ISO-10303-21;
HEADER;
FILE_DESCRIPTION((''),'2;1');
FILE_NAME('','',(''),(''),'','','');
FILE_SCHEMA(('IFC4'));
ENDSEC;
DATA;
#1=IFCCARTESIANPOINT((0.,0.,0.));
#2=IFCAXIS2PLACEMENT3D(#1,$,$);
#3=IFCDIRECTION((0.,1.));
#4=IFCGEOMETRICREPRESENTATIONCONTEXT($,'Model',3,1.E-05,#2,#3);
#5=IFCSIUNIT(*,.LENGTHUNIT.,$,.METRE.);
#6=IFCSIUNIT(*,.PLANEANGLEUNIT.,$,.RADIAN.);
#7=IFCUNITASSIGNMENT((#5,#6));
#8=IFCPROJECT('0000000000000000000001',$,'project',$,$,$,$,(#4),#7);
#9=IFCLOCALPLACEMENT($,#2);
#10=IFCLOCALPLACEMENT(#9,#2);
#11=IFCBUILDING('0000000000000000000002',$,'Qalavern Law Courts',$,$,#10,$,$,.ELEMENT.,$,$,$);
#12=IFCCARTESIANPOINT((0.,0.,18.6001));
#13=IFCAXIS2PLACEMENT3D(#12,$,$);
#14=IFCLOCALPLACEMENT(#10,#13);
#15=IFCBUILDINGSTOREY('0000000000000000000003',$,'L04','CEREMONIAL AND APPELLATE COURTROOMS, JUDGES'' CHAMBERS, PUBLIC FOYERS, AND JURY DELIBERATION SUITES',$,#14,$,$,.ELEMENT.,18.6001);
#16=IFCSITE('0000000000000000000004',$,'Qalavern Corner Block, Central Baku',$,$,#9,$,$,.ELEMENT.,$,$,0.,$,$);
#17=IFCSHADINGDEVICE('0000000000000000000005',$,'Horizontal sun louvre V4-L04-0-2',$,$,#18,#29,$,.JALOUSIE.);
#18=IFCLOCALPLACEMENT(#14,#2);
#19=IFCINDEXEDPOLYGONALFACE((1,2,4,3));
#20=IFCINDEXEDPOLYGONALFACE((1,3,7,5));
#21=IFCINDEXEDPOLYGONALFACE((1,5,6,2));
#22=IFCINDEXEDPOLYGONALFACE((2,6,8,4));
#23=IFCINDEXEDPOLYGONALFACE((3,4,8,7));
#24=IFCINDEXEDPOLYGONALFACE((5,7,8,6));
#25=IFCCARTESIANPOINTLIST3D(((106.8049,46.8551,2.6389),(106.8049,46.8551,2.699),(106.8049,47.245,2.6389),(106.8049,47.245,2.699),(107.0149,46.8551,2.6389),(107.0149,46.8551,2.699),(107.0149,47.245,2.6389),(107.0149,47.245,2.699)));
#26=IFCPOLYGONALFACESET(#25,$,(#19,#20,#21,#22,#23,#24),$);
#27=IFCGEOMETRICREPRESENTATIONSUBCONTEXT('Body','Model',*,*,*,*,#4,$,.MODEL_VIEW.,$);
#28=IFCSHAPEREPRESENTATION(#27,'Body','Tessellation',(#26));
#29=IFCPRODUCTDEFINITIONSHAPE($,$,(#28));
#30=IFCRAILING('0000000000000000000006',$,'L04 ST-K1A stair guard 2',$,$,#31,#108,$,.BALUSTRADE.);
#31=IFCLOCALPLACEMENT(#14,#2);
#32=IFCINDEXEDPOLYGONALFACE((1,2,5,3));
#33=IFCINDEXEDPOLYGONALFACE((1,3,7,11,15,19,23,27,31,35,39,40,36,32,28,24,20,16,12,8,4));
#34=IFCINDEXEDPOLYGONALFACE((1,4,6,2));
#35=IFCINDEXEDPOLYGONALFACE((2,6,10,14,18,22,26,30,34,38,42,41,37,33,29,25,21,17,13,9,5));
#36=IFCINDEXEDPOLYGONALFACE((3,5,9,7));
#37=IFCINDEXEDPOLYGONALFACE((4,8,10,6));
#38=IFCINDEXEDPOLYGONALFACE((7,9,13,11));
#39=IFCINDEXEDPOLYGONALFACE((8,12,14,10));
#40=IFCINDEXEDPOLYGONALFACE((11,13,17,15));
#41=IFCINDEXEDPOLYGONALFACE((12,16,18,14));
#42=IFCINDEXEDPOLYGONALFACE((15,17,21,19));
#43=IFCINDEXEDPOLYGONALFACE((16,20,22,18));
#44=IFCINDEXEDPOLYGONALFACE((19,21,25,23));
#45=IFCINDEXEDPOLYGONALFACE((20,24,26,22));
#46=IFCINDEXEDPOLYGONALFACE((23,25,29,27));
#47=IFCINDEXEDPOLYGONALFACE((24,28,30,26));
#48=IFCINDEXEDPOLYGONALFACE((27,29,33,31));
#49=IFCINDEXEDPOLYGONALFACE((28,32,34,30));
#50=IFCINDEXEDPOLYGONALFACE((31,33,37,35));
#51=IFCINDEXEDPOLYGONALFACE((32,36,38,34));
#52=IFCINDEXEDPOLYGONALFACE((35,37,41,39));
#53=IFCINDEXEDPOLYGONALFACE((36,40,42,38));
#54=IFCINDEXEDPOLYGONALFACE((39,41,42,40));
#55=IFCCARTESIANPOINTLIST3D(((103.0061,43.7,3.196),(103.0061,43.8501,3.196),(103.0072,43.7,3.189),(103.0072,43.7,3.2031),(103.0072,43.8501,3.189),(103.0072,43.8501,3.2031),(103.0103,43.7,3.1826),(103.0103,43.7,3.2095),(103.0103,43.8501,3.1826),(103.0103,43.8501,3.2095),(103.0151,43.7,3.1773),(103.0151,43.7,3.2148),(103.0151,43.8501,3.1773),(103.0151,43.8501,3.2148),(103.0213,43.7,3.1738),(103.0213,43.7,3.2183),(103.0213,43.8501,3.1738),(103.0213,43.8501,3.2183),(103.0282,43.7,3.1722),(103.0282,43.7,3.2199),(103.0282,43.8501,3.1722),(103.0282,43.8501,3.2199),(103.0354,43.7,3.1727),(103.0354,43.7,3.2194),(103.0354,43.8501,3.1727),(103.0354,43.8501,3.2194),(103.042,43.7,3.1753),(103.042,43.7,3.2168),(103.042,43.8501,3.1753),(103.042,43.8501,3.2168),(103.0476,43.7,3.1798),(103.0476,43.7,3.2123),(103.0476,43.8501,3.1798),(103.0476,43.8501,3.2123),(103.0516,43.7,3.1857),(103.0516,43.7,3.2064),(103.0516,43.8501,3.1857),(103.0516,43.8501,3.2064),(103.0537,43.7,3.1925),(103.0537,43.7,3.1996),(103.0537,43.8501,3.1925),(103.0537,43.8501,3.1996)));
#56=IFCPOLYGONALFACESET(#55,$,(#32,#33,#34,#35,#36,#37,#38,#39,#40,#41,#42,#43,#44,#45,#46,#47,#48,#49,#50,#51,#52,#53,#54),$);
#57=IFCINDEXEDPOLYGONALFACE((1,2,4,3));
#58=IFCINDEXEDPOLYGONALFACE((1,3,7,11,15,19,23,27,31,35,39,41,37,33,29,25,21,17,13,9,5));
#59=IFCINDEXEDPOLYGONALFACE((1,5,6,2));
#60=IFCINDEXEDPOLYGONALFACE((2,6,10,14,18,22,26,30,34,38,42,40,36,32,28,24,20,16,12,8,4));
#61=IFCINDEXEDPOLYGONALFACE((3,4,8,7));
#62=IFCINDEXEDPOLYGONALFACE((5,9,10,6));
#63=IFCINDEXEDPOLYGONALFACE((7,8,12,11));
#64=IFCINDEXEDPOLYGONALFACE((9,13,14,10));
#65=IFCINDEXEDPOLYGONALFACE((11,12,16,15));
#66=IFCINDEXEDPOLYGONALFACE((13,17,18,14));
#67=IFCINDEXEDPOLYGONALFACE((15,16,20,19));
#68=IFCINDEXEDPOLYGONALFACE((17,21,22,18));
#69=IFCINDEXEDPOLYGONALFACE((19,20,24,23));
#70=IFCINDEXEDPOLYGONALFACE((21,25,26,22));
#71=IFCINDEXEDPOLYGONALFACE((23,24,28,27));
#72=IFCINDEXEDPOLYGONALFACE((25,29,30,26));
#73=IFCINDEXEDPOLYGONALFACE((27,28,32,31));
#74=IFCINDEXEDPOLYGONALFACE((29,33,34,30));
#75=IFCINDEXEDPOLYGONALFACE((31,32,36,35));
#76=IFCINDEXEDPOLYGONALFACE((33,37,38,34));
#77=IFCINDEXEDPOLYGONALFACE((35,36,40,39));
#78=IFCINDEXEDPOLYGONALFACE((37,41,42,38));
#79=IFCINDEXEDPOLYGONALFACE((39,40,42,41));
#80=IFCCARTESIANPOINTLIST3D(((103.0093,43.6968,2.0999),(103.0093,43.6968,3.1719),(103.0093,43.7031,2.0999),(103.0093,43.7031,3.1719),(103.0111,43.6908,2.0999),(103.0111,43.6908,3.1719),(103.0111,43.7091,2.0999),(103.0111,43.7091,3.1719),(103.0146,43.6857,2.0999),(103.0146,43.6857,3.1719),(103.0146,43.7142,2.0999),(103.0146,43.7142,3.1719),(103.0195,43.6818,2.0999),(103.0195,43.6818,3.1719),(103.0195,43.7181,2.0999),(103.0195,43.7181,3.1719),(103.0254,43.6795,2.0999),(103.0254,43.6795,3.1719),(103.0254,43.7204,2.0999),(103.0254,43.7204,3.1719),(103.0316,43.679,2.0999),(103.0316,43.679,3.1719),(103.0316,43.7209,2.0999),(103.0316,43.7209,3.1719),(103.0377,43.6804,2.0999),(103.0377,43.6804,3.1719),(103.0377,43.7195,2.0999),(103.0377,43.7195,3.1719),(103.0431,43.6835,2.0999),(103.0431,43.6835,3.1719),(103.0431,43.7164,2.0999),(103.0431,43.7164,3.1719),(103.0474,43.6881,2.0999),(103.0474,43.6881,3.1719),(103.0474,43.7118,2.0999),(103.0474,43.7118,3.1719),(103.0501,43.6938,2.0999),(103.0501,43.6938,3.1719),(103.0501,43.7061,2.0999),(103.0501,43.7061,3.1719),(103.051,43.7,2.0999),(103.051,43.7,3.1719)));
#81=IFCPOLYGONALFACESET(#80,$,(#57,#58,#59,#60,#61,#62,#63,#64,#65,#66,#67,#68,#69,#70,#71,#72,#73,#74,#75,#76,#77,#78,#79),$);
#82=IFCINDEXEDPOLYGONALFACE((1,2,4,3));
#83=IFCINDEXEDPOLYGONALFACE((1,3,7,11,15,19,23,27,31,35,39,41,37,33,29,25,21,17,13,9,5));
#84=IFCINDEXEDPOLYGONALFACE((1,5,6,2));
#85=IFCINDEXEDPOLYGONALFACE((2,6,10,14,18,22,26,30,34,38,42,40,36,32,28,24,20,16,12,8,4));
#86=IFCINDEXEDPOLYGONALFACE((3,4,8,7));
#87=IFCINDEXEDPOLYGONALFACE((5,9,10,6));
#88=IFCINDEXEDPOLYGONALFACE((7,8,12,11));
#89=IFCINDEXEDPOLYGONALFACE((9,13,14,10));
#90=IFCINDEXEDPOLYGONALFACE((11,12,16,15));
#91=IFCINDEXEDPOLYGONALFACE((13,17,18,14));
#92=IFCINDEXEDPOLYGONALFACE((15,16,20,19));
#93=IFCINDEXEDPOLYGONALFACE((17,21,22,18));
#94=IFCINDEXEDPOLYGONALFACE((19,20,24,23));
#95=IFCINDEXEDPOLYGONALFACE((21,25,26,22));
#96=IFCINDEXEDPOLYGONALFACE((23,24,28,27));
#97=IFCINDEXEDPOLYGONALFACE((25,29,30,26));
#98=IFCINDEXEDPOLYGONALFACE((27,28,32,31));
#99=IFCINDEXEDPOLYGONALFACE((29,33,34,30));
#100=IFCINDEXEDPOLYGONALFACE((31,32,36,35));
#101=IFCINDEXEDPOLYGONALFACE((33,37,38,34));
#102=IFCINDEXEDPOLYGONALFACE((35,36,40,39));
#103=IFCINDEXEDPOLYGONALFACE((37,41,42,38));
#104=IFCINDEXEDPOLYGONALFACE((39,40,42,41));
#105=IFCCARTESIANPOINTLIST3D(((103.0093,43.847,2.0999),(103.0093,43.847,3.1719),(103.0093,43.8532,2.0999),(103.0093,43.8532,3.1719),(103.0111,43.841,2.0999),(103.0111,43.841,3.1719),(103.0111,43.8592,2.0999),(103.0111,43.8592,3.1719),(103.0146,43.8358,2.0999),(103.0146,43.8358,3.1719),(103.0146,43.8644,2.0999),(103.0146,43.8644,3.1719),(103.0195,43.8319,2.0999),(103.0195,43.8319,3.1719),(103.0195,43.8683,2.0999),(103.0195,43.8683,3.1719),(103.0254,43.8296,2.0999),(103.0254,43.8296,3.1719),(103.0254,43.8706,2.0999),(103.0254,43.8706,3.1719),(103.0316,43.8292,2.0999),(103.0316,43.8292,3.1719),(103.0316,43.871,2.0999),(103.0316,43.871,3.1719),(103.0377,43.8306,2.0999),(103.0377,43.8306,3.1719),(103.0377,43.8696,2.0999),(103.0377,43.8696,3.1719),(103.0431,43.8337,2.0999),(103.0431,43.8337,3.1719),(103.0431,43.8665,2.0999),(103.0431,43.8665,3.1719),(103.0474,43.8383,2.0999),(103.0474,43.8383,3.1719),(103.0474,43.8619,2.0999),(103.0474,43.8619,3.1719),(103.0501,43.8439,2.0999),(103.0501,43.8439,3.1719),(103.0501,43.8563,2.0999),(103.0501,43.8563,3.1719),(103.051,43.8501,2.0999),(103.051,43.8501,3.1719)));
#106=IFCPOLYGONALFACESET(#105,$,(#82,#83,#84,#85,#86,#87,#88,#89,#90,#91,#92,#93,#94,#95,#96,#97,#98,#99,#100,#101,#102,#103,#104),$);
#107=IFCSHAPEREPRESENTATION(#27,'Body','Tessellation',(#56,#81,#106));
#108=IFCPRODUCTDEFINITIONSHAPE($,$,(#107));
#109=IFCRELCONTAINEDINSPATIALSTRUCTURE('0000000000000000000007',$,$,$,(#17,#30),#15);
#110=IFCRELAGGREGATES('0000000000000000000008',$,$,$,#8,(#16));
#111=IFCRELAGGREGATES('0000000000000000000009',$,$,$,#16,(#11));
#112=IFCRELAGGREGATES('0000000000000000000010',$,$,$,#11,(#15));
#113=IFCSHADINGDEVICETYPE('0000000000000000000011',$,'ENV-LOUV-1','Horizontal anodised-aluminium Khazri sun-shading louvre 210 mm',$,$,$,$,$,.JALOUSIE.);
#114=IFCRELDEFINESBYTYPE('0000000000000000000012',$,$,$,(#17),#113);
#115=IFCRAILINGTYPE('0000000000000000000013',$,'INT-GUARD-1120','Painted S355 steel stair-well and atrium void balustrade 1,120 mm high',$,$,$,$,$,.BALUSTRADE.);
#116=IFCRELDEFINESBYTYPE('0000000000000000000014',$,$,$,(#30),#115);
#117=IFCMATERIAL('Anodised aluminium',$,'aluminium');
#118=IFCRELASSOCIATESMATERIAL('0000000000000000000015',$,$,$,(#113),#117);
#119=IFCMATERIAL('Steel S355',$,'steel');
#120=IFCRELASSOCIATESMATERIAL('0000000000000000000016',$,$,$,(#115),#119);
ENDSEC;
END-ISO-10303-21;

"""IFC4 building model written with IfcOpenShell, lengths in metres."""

from ifc_helpers import new_model, si_unit, direction, frame, origin, origin_2d, place, context, subcontext, project, spatial, rectangle, circle, extrude, material, type_object, element, save


model = new_model("IFC4")

# Units and contexts
model_context = context("Model", 3, precision=1e-05, world=origin(), true_north=direction((0.0, 1.0)))
body_context = subcontext(model_context, "Body", "Model", "MODEL_VIEW")
ifc_project = project(units=[si_unit("LENGTHUNIT", "METRE"), si_unit("PLANEANGLEUNIT", "RADIAN")], contexts=[model_context])

# Site, building, storey
site_placement = place(None, origin())
site = spatial("IfcSite", under=ifc_project, at=site_placement, Name="Qalavern Corner Block, Central Baku", CompositionType="ELEMENT", RefElevation=0.0)
building_placement = place(site_placement, origin())
building = spatial("IfcBuilding", under=site, at=building_placement, Name="Qalavern Law Courts", CompositionType="ELEMENT")
storey_placement = place(building_placement, frame((0.0, 0.0, 18.6001)))
storey = spatial("IfcBuildingStorey", under=building, at=storey_placement, Name="L04", Description="CEREMONIAL AND APPELLATE COURTROOMS, JUDGES' CHAMBERS, PUBLIC FOYERS, AND JURY DELIBERATION SUITES", CompositionType="ELEMENT", Elevation=18.6001)

# Shared definitions
ifc_material_1 = material(Name="Anodised aluminium", Category="aluminium")

# Shared definitions
ifc_material_2 = material(Name="Steel S355", Category="steel")

# Shading device
shading_device_type = type_object("IfcShadingDeviceType", Name="ENV-LOUV-1", Description="Horizontal anodised-aluminium Khazri sun-shading louvre 210 mm", PredefinedType="JALOUSIE", material=ifc_material_1)
for number, where, z_axis, x_axis, name in (
    (1, (106.9099, 47.05, 2.6389), (0.0, 0.0, 1.0), (0.0, 1.0, 0.0), "Horizontal sun louvre V4-L04-0-2"),
):
    element("IfcShadingDevice", number, at=place(storey_placement, frame(where, z_axis=z_axis, x_axis=x_axis)), inside=storey, type_object=shading_device_type, Name=name, PredefinedType="JALOUSIE", context=body_context, shape_type="SweptSolid", body=[
        extrude(rectangle(XDim=0.3899, YDim=0.21, at=origin_2d()), origin(), (0.0, 0.0, 1.0), 0.0601),
    ])

# Railing
railing_type_1 = type_object("IfcRailingType", Name="INT-GUARD-1120", Description="Painted S355 steel stair-well and atrium void balustrade 1,120 mm high", PredefinedType="BALUSTRADE", material=ifc_material_2)
railing_1_placement = place(storey_placement, frame((103.03, 43.7, 2.0999)))
element("IfcRailing", 2, at=railing_1_placement, inside=storey, type_object=railing_type_1, Name="L04 ST-K1A stair guard 2", PredefinedType="BALUSTRADE", context=body_context, shape_type="SweptSolid", body=[
    extrude(circle(Radius=0.0239, at=origin_2d()), frame((0.0, 0.0, 1.0962), z_axis=(0.0, 1.0, 0.0), x_axis=(-1.0, 0.0, 0.0)), (0.0, 0.0, 1.0), 0.1501),
    extrude(circle(Radius=0.021, at=origin_2d()), origin(), (0.0, 0.0, 1.0), 1.072),
    extrude(circle(Radius=0.021, at=origin_2d()), frame((0.0, 0.1501, 0.0)), (0.0, 0.0, 1.0), 1.072),
])

save(model, "model.ifc")
